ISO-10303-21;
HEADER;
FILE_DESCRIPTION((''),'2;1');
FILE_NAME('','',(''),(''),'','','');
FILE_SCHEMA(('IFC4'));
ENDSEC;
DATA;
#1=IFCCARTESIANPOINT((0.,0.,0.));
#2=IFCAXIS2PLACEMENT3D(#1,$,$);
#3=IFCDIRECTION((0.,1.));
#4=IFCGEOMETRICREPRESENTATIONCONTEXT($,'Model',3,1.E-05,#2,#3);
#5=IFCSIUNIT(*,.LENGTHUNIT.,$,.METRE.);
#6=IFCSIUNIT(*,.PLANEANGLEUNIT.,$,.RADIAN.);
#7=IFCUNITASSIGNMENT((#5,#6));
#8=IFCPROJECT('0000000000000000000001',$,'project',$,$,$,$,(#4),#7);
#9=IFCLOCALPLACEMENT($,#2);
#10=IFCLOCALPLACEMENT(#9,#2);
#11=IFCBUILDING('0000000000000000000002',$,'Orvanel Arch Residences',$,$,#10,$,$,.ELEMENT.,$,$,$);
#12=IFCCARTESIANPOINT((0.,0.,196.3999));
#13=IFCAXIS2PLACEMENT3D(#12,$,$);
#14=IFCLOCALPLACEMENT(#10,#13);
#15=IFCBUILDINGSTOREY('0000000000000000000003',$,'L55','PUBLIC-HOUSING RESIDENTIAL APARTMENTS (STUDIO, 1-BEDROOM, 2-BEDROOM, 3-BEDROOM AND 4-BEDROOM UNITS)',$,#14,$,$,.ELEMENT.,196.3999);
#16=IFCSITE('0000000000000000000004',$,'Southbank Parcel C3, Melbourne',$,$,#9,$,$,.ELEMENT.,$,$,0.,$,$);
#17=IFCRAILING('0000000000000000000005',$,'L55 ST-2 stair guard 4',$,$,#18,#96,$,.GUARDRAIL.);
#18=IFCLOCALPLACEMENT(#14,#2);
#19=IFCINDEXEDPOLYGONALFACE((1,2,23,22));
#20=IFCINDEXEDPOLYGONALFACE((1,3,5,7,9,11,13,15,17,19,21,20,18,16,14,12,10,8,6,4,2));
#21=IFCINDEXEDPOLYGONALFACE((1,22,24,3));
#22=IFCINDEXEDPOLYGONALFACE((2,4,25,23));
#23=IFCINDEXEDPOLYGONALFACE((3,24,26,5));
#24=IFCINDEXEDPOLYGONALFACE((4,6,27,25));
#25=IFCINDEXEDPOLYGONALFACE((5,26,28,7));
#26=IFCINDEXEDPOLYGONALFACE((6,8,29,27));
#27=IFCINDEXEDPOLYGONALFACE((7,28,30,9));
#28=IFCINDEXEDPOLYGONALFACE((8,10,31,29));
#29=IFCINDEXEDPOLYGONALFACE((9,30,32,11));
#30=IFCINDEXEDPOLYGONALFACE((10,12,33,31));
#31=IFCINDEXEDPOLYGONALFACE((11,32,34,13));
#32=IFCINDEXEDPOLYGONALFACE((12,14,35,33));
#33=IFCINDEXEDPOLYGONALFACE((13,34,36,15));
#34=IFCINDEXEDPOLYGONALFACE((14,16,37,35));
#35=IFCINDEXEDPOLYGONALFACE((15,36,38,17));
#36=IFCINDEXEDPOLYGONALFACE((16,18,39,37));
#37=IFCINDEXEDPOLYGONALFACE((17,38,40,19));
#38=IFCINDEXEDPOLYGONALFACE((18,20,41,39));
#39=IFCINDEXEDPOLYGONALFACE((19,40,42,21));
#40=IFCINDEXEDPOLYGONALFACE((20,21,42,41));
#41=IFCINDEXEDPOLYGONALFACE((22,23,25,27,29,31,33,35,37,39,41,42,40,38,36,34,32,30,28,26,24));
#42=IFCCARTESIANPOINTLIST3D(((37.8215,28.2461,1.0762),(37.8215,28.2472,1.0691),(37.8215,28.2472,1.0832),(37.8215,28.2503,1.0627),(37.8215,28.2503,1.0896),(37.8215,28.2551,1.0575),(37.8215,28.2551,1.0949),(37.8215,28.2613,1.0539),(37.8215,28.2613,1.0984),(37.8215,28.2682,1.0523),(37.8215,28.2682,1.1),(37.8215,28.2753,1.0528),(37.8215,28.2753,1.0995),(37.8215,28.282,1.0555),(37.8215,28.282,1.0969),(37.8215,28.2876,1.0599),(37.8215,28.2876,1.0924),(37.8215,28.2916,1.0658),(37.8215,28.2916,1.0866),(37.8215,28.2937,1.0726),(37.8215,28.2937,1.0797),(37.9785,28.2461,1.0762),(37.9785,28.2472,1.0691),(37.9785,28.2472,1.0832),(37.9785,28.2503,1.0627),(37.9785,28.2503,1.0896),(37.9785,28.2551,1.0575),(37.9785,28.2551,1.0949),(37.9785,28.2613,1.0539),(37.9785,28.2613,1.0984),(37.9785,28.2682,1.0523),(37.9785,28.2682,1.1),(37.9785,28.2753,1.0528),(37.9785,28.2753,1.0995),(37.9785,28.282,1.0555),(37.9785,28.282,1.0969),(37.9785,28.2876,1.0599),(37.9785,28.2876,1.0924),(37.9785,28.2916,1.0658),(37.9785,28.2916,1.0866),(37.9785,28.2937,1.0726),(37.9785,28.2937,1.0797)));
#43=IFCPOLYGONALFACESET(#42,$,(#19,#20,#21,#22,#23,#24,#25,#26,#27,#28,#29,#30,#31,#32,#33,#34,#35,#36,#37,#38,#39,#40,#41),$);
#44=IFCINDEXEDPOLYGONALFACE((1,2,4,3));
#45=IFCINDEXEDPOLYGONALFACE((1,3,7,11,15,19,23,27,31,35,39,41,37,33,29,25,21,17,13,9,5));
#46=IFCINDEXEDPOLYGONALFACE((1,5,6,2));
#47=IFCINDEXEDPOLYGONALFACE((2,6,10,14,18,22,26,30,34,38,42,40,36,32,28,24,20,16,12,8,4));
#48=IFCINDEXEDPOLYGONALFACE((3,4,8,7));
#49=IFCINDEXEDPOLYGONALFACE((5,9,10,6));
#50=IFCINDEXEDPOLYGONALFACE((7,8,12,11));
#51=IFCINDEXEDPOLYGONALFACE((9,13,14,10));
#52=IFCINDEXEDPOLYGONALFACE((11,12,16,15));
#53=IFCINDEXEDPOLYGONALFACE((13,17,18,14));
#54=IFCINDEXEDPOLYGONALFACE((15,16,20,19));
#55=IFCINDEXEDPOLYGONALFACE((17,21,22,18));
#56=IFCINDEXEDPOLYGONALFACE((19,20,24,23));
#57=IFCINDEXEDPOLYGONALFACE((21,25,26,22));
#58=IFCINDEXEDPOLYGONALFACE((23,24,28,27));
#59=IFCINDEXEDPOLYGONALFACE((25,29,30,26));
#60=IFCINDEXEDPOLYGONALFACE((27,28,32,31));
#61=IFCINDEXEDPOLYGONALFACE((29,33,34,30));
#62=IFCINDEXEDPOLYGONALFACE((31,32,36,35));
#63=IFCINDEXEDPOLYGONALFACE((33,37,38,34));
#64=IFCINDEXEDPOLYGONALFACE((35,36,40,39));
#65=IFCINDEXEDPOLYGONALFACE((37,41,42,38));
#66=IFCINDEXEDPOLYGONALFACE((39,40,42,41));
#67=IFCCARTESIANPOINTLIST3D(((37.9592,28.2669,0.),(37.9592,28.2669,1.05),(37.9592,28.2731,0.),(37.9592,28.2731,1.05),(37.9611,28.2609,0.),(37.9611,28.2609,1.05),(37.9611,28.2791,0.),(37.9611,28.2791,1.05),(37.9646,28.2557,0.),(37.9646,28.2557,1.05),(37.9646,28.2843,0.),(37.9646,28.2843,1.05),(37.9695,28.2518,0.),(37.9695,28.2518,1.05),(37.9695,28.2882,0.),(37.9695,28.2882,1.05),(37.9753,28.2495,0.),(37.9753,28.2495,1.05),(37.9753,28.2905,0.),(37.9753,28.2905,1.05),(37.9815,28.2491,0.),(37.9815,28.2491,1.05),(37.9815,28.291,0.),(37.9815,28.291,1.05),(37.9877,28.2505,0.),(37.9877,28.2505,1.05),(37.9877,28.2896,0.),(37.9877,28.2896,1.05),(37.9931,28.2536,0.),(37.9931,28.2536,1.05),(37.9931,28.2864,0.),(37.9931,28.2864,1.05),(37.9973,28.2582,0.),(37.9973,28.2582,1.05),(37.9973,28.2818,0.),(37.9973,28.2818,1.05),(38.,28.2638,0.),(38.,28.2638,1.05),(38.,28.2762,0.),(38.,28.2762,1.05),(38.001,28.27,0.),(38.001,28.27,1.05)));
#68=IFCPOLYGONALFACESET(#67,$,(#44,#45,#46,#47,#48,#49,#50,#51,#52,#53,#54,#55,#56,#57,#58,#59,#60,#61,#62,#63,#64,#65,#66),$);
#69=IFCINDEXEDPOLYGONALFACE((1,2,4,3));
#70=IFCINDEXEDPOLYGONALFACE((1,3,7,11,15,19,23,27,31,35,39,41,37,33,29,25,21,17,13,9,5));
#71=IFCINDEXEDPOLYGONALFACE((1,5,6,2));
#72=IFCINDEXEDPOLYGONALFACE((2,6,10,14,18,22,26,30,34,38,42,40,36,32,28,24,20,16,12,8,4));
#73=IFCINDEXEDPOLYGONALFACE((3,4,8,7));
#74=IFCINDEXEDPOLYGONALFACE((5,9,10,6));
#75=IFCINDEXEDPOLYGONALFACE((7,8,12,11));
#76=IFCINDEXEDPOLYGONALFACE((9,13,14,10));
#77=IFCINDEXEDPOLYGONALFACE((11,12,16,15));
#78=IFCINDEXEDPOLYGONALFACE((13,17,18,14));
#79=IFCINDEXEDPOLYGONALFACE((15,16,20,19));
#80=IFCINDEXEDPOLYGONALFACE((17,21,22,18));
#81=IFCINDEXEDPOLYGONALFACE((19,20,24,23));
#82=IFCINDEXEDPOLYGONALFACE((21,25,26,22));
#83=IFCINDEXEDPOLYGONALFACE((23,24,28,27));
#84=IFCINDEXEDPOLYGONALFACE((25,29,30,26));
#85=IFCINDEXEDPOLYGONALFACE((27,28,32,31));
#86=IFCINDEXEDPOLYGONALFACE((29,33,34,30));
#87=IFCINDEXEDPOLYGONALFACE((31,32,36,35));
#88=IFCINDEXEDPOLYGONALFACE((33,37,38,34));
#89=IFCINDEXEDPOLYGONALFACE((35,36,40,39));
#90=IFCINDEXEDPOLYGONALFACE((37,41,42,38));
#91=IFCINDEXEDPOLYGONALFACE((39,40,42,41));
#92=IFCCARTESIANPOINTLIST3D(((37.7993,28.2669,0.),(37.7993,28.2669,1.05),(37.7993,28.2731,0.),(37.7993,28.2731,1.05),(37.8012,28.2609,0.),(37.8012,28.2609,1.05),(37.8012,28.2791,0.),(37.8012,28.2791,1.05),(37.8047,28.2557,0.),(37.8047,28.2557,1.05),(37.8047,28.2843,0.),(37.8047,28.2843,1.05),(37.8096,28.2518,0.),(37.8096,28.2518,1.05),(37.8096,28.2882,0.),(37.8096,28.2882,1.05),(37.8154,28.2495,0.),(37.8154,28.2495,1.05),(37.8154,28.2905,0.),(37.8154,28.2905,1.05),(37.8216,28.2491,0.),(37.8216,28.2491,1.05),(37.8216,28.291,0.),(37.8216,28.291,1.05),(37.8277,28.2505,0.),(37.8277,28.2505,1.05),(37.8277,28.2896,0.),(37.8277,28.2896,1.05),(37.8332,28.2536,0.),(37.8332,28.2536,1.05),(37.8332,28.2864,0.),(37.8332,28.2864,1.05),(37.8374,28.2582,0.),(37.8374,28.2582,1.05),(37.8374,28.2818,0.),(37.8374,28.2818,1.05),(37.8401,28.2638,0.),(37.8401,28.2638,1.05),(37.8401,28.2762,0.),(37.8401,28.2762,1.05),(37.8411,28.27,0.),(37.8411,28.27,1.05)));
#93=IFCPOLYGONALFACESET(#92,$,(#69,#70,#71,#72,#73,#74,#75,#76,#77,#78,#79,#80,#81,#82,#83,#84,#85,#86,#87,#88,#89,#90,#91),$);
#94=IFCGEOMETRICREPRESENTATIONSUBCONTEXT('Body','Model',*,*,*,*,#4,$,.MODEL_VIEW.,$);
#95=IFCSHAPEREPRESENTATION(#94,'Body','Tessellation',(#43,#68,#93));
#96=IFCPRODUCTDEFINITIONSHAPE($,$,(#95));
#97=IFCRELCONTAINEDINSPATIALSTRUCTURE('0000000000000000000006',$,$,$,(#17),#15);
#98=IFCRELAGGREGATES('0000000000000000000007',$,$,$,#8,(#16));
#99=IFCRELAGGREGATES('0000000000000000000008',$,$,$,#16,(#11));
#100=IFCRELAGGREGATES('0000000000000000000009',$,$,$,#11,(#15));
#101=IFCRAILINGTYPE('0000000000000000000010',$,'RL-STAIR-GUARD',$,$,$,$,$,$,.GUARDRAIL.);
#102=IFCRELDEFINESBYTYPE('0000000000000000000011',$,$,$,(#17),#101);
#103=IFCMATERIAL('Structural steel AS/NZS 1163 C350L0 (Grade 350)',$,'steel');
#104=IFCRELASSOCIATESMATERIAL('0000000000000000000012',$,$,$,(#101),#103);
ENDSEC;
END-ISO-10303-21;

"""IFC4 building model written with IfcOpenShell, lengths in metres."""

from ifc_helpers import new_model, si_unit, direction, frame, origin, origin_2d, place, context, subcontext, project, spatial, circle, extrude, material, type_object, element, save


model = new_model("IFC4")

# Units and contexts
model_context = context("Model", 3, precision=1e-05, world=origin(), true_north=direction((0.0, 1.0)))
body_context = subcontext(model_context, "Body", "Model", "MODEL_VIEW")
ifc_project = project(units=[si_unit("LENGTHUNIT", "METRE"), si_unit("PLANEANGLEUNIT", "RADIAN")], contexts=[model_context])

# Site, building, storey
site_placement = place(None, origin())
site = spatial("IfcSite", under=ifc_project, at=site_placement, Name="Southbank Parcel C3, Melbourne", CompositionType="ELEMENT", RefElevation=0.0)
building_placement = place(site_placement, origin())
building = spatial("IfcBuilding", under=site, at=building_placement, Name="Orvanel Arch Residences", CompositionType="ELEMENT")
storey_placement = place(building_placement, frame((0.0, 0.0, 196.3999)))
storey = spatial("IfcBuildingStorey", under=building, at=storey_placement, Name="L55", Description="PUBLIC-HOUSING RESIDENTIAL APARTMENTS (STUDIO, 1-BEDROOM, 2-BEDROOM, 3-BEDROOM AND 4-BEDROOM UNITS)", CompositionType="ELEMENT", Elevation=196.3999)

# Railing
ifc_material_1 = material(Name="Structural steel AS/NZS 1163 C350L0 (Grade 350)", Category="steel")
railing_type_1 = type_object("IfcRailingType", Name="RL-STAIR-GUARD", PredefinedType="GUARDRAIL", material=ifc_material_1)
railing_1_placement = place(storey_placement, frame((37.98, 28.27, 0.0)))
element("IfcRailing", 1, at=railing_1_placement, inside=storey, type_object=railing_type_1, Name="L55 ST-2 stair guard 4", PredefinedType="GUARDRAIL", context=body_context, shape_type="SweptSolid", body=[
    extrude(circle(Radius=0.0239, at=origin_2d()), frame((-0.0015, 0.0, 1.0762), z_axis=(-1.0, 0.0, 0.0), x_axis=(0.0, -1.0, 0.0)), (0.0, 0.0, 1.0), 0.157),
    extrude(circle(Radius=0.021, at=origin_2d()), origin(), (0.0, 0.0, 1.0), 1.05),
    extrude(circle(Radius=0.021, at=origin_2d()), frame((-0.1599, 0.0, 0.0)), (0.0, 0.0, 1.0), 1.05),
])

save(model, "model.ifc")
